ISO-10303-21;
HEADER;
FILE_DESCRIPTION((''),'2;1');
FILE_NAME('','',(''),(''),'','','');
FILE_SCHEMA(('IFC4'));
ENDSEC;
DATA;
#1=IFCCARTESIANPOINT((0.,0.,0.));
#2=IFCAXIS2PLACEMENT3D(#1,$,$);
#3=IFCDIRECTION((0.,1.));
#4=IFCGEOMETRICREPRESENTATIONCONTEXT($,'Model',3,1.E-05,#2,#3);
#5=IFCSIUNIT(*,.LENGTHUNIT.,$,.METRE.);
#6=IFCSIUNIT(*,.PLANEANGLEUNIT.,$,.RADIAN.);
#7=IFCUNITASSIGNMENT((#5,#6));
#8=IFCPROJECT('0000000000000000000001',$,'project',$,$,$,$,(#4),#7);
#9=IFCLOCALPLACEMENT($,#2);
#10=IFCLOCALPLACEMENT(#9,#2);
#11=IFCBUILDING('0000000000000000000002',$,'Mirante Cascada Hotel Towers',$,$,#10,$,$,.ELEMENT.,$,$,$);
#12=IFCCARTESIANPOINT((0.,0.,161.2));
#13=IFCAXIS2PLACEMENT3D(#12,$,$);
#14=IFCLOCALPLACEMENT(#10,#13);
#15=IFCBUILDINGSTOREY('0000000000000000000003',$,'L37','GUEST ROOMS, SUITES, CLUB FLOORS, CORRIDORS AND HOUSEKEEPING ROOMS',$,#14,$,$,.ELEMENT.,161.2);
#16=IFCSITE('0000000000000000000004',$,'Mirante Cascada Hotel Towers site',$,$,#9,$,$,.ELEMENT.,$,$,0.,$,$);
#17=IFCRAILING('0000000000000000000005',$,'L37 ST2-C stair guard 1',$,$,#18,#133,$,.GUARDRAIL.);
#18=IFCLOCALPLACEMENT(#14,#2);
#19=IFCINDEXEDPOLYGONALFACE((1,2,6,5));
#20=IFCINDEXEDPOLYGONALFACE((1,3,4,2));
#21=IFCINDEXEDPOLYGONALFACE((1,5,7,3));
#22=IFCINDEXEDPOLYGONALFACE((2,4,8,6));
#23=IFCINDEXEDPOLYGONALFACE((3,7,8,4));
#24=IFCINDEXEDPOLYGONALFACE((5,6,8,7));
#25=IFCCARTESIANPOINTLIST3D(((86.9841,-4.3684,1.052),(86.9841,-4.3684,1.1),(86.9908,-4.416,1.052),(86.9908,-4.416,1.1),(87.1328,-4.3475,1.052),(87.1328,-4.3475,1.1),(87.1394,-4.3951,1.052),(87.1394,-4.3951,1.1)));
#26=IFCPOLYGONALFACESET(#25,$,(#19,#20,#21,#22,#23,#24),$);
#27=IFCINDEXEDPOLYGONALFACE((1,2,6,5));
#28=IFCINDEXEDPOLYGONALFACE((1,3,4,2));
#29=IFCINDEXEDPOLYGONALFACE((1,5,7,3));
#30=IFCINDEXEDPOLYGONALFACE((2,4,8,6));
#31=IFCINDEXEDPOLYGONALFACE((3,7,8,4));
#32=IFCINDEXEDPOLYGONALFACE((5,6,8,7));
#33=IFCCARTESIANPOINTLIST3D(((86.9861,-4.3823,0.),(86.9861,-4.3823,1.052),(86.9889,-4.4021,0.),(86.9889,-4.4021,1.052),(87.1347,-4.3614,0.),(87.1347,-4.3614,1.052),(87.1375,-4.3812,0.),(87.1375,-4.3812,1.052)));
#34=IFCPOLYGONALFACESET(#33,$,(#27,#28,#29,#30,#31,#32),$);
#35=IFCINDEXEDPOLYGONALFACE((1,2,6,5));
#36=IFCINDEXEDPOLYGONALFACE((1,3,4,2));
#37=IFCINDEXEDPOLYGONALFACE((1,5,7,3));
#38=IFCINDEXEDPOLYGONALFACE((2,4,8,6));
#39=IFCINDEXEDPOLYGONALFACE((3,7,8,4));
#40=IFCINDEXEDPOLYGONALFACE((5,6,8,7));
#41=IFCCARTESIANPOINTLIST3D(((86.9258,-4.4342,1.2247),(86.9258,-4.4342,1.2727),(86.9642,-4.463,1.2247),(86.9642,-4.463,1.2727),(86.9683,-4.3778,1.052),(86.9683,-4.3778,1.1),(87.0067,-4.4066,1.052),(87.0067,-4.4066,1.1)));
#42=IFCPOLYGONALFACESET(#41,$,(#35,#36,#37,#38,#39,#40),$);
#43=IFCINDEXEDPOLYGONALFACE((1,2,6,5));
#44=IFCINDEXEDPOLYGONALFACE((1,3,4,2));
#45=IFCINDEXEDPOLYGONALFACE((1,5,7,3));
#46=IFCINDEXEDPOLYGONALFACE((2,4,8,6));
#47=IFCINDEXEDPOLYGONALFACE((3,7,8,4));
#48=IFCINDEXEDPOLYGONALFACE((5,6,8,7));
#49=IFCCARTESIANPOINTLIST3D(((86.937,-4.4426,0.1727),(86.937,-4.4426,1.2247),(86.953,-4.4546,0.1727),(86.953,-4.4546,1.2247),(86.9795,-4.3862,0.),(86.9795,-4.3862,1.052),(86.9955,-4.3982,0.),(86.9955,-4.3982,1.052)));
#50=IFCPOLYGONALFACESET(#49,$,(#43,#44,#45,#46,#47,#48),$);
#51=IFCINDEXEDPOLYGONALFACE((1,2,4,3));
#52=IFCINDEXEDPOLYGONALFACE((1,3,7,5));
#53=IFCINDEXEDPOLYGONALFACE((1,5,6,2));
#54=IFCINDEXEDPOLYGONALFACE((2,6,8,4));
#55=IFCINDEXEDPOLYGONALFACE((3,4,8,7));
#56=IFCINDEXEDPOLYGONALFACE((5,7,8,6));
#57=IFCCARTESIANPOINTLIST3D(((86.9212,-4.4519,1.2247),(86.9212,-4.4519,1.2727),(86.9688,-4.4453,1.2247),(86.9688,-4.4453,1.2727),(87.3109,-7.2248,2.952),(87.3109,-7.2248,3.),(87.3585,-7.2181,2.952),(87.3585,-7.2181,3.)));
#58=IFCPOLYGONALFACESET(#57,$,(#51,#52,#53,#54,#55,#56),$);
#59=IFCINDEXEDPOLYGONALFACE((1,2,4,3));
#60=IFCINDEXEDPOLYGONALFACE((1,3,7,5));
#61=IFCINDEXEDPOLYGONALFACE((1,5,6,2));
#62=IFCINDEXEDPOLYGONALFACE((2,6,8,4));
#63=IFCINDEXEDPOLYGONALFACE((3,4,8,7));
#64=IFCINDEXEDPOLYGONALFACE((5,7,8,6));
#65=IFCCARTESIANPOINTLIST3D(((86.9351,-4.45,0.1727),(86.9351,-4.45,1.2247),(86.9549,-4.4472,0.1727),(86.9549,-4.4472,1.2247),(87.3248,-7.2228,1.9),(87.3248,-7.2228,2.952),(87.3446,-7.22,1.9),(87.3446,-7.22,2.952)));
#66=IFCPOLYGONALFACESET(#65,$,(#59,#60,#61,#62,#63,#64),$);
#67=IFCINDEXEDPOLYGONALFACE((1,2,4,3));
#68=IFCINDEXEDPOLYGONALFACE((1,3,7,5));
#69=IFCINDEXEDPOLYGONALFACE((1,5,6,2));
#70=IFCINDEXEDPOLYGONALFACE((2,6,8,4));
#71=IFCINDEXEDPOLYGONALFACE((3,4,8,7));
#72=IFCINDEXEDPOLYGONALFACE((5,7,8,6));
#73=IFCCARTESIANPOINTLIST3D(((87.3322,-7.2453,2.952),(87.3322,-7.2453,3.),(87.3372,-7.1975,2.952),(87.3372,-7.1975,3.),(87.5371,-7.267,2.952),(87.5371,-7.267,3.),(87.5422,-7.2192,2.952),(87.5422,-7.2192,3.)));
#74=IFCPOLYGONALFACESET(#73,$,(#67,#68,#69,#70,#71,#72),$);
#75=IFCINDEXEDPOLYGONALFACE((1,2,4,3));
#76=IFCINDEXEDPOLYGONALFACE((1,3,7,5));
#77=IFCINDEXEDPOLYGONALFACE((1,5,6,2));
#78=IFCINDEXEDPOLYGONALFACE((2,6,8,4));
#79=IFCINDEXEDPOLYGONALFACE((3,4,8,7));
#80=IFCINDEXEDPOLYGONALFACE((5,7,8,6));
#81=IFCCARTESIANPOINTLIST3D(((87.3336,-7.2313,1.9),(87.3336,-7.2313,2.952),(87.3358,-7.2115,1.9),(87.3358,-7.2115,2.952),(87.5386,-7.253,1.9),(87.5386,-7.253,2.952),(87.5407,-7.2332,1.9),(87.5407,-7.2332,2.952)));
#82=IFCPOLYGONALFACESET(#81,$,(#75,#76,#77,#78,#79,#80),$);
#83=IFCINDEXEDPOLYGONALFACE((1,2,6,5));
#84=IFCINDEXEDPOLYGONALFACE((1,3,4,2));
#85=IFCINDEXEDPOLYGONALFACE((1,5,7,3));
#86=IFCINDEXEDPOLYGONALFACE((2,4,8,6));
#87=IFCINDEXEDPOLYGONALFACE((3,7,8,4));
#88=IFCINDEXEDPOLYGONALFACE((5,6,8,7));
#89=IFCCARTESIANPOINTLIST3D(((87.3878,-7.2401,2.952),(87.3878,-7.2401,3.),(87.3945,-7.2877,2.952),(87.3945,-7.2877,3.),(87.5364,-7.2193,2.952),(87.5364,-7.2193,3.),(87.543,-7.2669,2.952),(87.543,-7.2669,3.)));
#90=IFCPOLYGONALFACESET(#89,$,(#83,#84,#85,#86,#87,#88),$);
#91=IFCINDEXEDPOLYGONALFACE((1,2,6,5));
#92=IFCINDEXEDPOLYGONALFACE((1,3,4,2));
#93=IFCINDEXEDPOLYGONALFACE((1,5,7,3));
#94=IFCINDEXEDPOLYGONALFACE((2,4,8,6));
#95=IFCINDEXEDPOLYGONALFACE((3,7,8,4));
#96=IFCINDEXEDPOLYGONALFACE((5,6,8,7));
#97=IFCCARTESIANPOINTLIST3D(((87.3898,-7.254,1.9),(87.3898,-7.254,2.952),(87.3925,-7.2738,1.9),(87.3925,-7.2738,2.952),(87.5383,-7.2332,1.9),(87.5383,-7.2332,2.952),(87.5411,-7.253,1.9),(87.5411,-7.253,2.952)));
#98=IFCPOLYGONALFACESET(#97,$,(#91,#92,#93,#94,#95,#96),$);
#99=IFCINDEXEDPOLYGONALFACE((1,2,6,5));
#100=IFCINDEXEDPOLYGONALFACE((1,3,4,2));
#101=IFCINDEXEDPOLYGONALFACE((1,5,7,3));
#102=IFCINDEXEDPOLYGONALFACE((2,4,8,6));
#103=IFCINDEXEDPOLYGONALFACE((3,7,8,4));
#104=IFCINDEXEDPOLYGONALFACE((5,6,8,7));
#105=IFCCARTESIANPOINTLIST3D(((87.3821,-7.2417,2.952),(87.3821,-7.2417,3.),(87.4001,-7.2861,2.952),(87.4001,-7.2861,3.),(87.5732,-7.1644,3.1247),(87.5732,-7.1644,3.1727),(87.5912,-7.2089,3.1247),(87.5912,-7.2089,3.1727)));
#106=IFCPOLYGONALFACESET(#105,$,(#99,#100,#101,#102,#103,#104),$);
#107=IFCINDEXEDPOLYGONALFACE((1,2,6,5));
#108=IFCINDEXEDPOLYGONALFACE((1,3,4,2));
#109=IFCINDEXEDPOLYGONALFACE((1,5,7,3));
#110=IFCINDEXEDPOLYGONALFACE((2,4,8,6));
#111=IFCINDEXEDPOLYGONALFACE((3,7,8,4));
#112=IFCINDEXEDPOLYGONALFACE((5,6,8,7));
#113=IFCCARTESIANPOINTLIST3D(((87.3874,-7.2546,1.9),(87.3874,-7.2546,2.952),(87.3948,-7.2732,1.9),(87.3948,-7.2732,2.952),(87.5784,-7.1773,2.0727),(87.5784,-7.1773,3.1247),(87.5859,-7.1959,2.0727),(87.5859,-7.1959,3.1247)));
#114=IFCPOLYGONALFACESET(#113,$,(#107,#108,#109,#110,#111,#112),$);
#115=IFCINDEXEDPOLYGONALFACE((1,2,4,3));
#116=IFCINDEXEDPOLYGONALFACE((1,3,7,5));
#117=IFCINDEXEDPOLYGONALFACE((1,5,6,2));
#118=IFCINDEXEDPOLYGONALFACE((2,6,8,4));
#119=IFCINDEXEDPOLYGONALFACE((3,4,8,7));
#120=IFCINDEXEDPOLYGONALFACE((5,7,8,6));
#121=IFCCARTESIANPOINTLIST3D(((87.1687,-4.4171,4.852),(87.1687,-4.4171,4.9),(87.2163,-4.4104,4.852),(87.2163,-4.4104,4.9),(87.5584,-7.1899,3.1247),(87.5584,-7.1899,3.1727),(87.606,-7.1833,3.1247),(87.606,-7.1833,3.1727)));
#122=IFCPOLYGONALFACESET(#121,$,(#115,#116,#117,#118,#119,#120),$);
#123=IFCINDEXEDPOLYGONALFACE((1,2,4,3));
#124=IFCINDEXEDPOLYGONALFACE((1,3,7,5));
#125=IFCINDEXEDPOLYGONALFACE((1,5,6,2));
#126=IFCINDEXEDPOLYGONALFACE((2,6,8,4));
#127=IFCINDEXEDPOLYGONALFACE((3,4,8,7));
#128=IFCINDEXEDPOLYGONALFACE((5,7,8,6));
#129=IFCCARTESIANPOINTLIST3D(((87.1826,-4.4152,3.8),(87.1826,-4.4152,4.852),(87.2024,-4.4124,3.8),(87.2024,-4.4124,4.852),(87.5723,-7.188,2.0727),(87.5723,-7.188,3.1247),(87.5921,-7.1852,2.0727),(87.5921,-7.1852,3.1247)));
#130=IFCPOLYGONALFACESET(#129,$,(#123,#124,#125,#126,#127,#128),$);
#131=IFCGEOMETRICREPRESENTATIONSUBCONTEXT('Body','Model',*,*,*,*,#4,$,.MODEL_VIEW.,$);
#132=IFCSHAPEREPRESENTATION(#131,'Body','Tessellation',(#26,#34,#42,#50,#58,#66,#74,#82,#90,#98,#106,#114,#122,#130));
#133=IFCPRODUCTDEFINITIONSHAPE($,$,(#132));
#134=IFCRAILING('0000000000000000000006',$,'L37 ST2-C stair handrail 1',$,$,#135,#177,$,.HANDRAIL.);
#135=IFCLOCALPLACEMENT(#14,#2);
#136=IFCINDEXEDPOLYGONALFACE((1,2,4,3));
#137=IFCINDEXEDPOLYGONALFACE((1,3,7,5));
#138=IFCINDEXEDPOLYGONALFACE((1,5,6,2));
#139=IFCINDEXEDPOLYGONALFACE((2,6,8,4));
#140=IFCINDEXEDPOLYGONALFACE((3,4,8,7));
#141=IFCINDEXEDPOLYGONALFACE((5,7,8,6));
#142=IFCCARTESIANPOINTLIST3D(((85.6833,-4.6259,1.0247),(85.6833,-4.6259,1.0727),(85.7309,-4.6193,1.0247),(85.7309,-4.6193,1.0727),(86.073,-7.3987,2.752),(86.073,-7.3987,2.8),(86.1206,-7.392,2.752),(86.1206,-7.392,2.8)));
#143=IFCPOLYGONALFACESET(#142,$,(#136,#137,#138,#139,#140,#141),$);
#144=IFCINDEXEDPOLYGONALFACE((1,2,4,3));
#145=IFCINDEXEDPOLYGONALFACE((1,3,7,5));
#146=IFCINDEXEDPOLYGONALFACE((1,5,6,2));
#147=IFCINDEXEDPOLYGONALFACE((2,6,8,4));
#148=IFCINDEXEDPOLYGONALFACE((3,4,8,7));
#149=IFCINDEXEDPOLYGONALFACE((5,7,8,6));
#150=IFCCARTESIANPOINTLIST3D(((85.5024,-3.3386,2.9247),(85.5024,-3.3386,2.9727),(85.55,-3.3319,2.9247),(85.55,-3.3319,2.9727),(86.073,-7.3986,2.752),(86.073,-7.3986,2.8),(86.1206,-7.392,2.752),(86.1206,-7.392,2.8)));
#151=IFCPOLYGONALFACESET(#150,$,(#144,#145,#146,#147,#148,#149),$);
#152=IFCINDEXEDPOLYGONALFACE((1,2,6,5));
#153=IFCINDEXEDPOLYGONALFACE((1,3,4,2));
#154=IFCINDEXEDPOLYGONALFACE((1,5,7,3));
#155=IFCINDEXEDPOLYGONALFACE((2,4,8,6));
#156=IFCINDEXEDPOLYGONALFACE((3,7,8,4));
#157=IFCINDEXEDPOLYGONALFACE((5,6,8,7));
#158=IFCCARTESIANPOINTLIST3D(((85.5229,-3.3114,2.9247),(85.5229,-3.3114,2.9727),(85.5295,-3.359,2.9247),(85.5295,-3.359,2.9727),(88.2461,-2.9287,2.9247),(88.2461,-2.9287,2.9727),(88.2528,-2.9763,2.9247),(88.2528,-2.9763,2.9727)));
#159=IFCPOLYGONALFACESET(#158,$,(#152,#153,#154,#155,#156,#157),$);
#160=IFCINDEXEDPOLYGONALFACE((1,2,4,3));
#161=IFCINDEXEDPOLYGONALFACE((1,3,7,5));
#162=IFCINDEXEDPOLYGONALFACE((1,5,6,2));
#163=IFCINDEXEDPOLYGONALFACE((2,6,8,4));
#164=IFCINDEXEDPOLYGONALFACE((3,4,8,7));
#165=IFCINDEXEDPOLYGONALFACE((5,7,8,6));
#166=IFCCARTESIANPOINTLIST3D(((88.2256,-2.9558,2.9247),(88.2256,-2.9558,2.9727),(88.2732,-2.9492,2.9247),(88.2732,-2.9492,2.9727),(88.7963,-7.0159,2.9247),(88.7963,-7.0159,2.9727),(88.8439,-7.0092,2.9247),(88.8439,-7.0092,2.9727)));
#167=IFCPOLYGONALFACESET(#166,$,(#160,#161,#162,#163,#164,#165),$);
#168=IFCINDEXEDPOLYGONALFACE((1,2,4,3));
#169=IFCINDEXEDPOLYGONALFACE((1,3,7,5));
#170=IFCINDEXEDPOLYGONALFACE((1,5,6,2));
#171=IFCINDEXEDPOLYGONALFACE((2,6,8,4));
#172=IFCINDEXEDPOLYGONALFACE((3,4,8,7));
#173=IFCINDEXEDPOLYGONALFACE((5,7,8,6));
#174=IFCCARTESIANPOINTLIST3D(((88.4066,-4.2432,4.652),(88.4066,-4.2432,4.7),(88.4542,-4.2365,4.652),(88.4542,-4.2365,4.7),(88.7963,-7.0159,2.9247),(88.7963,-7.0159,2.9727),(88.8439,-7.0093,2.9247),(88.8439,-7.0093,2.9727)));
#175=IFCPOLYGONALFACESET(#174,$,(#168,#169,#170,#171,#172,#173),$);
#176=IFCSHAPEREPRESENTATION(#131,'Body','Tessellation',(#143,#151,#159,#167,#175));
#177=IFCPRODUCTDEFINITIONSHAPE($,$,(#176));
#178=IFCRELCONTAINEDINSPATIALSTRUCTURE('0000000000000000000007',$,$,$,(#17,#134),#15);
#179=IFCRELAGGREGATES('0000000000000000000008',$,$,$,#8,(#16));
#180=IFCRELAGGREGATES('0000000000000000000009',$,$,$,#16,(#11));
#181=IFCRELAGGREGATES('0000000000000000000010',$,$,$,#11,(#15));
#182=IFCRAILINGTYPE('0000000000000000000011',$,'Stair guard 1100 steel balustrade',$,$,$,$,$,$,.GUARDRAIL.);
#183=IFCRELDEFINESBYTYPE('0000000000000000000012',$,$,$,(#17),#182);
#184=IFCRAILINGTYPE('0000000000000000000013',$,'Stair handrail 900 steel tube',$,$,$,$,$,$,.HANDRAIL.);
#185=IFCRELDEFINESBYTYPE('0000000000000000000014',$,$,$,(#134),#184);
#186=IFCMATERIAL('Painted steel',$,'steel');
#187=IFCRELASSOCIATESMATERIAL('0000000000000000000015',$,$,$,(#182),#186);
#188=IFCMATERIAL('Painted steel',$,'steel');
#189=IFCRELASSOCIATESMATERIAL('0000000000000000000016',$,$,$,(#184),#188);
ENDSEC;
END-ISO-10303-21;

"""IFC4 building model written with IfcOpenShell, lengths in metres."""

from ifc_helpers import new_model, si_unit, direction, frame, origin, origin_2d, place, context, subcontext, project, spatial, rectangle, extrude, material, type_object, element, save


model = new_model("IFC4")

# Units and contexts
model_context = context("Model", 3, precision=1e-05, world=origin(), true_north=direction((0.0, 1.0)))
body_context = subcontext(model_context, "Body", "Model", "MODEL_VIEW")
ifc_project = project(units=[si_unit("LENGTHUNIT", "METRE"), si_unit("PLANEANGLEUNIT", "RADIAN")], contexts=[model_context])

# Site, building, storey
site_placement = place(None, origin())
site = spatial("IfcSite", under=ifc_project, at=site_placement, Name="Mirante Cascada Hotel Towers site", CompositionType="ELEMENT", RefElevation=0.0)
building_placement = place(site_placement, origin())
building = spatial("IfcBuilding", under=site, at=building_placement, Name="Mirante Cascada Hotel Towers", CompositionType="ELEMENT")
storey_placement = place(building_placement, frame((0.0, 0.0, 161.2)))
storey = spatial("IfcBuildingStorey", under=building, at=storey_placement, Name="L37", Description="GUEST ROOMS, SUITES, CLUB FLOORS, CORRIDORS AND HOUSEKEEPING ROOMS", CompositionType="ELEMENT", Elevation=161.2)

# Railings
ifc_material_1 = material(Name="Painted steel", Category="steel")
railing_type_1 = type_object("IfcRailingType", Name="Stair guard 1100 steel balustrade", PredefinedType="GUARDRAIL", material=ifc_material_1)
railing_1_placement = place(storey_placement, frame((87.1361, -4.3713, 0.0)))
element("IfcRailing", 1, at=railing_1_placement, inside=storey, type_object=railing_type_1, Name="L37 ST2-C stair guard 1", PredefinedType="GUARDRAIL", context=body_context, shape_type="SweptSolid", body=[
    extrude(rectangle(XDim=0.048, YDim=0.048, at=origin_2d()), frame((0.0, 0.0, 1.076), z_axis=(-0.990254, -0.139275, 0.0), x_axis=(0.139275, -0.990254, 0.0)), (0.0, 0.0, 1.0), 0.1501),
    extrude(rectangle(XDim=0.02, YDim=1.052, at=origin_2d()), frame((0.0, 0.0, 0.526), z_axis=(-0.990254, -0.139275, 0.0), x_axis=(0.139275, -0.990254, 0.0)), (0.0, 0.0, 1.0), 0.1501),
    extrude(rectangle(XDim=0.048, YDim=0.048, at=origin_2d()), frame((-0.1486, -0.0209, 1.076), z_axis=(-0.601811, -0.798639, 0.0), x_axis=(0.798639, -0.601811, 0.0)), (0.0, 0.925603, 0.378496), 0.1866),
    extrude(rectangle(XDim=0.02, YDim=1.052, at=origin_2d()), frame((-0.1486, -0.0209, 0.526), z_axis=(-0.601811, -0.798639, 0.0), x_axis=(0.798639, -0.601811, 0.0)), (0.0, 0.925603, 0.378496), 0.1866),
    extrude(rectangle(XDim=0.048, YDim=0.048, at=origin_2d()), frame((-0.1911, -0.0773, 1.2487), z_axis=(0.139176, -0.990268, 0.0), x_axis=(0.990268, 0.139176, 0.0)), (0.0, 0.525021, 0.851089), 3.29),
    extrude(rectangle(XDim=0.02, YDim=1.052, at=origin_2d()), frame((-0.1911, -0.0773, 0.6987), z_axis=(0.139176, -0.990268, 0.0), x_axis=(0.990268, 0.139176, 0.0)), (0.0, 0.525021, 0.851089), 3.29),
    extrude(rectangle(XDim=0.048, YDim=0.048, at=origin_2d()), frame((0.1986, -2.8501, 2.976), z_axis=(0.994444, -0.105266, 0.0), x_axis=(0.105266, 0.994444, 0.0)), (0.0, 0.0, 1.0), 0.2061),
    extrude(rectangle(XDim=0.02, YDim=1.052, at=origin_2d()), frame((0.1986, -2.8501, 2.426), z_axis=(0.994444, -0.105266, 0.0), x_axis=(0.105266, 0.994444, 0.0)), (0.0, 0.0, 1.0), 0.2061),
    extrude(rectangle(XDim=0.048, YDim=0.048, at=origin_2d()), frame((0.4036, -2.8718, 2.976), z_axis=(-0.990345, -0.138622, 0.0), x_axis=(0.138622, -0.990345, 0.0)), (0.0, 0.0, 1.0), 0.15),
    extrude(rectangle(XDim=0.02, YDim=1.052, at=origin_2d()), frame((0.4036, -2.8718, 2.426), z_axis=(-0.990345, -0.138622, 0.0), x_axis=(0.138622, -0.990345, 0.0)), (0.0, 0.0, 1.0), 0.15),
    extrude(rectangle(XDim=0.048, YDim=0.048, at=origin_2d()), frame((0.255, -2.8926, 2.976), z_axis=(0.927031, 0.374984, 0.0), x_axis=(-0.374984, 0.927031, 0.0)), (0.0, 0.64219, 0.766545), 0.2689),
    extrude(rectangle(XDim=0.02, YDim=1.052, at=origin_2d()), frame((0.255, -2.8926, 2.426), z_axis=(0.927031, 0.374984, 0.0), x_axis=(-0.374984, 0.927031, 0.0)), (0.0, 0.64219, 0.766545), 0.2689),
    extrude(rectangle(XDim=0.048, YDim=0.048, at=origin_2d()), frame((0.4461, -2.8153, 3.1487), z_axis=(-0.139176, 0.990268, 0.0), x_axis=(-0.990268, -0.139176, 0.0)), (0.0, 0.525021, 0.851089), 3.29),
    extrude(rectangle(XDim=0.02, YDim=1.052, at=origin_2d()), frame((0.4461, -2.8153, 2.5987), z_axis=(-0.139176, 0.990268, 0.0), x_axis=(-0.990268, -0.139176, 0.0)), (0.0, 0.525021, 0.851089), 3.29),
])
ifc_material_2 = material(Name="Painted steel", Category="steel")
railing_type_2 = type_object("IfcRailingType", Name="Stair handrail 900 steel tube", PredefinedType="HANDRAIL", material=ifc_material_2)
railing_2_placement = place(storey_placement, frame((85.7071, -4.6226, 0.1727)))
element("IfcRailing", 2, at=railing_2_placement, inside=storey, type_object=railing_type_2, Name="L37 ST2-C stair handrail 1", PredefinedType="HANDRAIL", context=body_context, shape_type="SweptSolid", body=[
    extrude(rectangle(XDim=0.048, YDim=0.048, at=origin_2d()), frame((0.0, 0.0, 0.876), z_axis=(0.139181, -0.990267, 0.0), x_axis=(0.990267, 0.139181, 0.0)), (0.0, 0.525035, 0.851081), 3.2899),
    extrude(rectangle(XDim=0.048, YDim=0.048, at=origin_2d()), frame((0.3897, -2.7727, 2.6033), z_axis=(-0.139171, 0.990268, 0.0), x_axis=(-0.990268, -0.139171, 0.0)), (0.0, 0.042085, 0.999114), 4.1036),
    extrude(rectangle(XDim=0.048, YDim=0.048, at=origin_2d()), frame((-0.1809, 1.2874, 2.776), z_axis=(0.990269, 0.139166, 0.0), x_axis=(-0.139166, 0.990269, 0.0)), (0.0, 0.0, 1.0), 2.75),
    extrude(rectangle(XDim=0.048, YDim=0.048, at=origin_2d()), frame((2.5423, 1.6701, 2.776), z_axis=(0.139195, -0.990265, 0.0), x_axis=(0.990265, 0.139195, 0.0)), (0.0, 0.0, 1.0), 4.1),
    extrude(rectangle(XDim=0.048, YDim=0.048, at=origin_2d()), frame((3.113, -2.39, 2.776), z_axis=(-0.139181, 0.990267, 0.0), x_axis=(-0.990267, -0.139181, 0.0)), (0.0, 0.525035, 0.851081), 3.2899),
])

save(model, "model.ifc")
